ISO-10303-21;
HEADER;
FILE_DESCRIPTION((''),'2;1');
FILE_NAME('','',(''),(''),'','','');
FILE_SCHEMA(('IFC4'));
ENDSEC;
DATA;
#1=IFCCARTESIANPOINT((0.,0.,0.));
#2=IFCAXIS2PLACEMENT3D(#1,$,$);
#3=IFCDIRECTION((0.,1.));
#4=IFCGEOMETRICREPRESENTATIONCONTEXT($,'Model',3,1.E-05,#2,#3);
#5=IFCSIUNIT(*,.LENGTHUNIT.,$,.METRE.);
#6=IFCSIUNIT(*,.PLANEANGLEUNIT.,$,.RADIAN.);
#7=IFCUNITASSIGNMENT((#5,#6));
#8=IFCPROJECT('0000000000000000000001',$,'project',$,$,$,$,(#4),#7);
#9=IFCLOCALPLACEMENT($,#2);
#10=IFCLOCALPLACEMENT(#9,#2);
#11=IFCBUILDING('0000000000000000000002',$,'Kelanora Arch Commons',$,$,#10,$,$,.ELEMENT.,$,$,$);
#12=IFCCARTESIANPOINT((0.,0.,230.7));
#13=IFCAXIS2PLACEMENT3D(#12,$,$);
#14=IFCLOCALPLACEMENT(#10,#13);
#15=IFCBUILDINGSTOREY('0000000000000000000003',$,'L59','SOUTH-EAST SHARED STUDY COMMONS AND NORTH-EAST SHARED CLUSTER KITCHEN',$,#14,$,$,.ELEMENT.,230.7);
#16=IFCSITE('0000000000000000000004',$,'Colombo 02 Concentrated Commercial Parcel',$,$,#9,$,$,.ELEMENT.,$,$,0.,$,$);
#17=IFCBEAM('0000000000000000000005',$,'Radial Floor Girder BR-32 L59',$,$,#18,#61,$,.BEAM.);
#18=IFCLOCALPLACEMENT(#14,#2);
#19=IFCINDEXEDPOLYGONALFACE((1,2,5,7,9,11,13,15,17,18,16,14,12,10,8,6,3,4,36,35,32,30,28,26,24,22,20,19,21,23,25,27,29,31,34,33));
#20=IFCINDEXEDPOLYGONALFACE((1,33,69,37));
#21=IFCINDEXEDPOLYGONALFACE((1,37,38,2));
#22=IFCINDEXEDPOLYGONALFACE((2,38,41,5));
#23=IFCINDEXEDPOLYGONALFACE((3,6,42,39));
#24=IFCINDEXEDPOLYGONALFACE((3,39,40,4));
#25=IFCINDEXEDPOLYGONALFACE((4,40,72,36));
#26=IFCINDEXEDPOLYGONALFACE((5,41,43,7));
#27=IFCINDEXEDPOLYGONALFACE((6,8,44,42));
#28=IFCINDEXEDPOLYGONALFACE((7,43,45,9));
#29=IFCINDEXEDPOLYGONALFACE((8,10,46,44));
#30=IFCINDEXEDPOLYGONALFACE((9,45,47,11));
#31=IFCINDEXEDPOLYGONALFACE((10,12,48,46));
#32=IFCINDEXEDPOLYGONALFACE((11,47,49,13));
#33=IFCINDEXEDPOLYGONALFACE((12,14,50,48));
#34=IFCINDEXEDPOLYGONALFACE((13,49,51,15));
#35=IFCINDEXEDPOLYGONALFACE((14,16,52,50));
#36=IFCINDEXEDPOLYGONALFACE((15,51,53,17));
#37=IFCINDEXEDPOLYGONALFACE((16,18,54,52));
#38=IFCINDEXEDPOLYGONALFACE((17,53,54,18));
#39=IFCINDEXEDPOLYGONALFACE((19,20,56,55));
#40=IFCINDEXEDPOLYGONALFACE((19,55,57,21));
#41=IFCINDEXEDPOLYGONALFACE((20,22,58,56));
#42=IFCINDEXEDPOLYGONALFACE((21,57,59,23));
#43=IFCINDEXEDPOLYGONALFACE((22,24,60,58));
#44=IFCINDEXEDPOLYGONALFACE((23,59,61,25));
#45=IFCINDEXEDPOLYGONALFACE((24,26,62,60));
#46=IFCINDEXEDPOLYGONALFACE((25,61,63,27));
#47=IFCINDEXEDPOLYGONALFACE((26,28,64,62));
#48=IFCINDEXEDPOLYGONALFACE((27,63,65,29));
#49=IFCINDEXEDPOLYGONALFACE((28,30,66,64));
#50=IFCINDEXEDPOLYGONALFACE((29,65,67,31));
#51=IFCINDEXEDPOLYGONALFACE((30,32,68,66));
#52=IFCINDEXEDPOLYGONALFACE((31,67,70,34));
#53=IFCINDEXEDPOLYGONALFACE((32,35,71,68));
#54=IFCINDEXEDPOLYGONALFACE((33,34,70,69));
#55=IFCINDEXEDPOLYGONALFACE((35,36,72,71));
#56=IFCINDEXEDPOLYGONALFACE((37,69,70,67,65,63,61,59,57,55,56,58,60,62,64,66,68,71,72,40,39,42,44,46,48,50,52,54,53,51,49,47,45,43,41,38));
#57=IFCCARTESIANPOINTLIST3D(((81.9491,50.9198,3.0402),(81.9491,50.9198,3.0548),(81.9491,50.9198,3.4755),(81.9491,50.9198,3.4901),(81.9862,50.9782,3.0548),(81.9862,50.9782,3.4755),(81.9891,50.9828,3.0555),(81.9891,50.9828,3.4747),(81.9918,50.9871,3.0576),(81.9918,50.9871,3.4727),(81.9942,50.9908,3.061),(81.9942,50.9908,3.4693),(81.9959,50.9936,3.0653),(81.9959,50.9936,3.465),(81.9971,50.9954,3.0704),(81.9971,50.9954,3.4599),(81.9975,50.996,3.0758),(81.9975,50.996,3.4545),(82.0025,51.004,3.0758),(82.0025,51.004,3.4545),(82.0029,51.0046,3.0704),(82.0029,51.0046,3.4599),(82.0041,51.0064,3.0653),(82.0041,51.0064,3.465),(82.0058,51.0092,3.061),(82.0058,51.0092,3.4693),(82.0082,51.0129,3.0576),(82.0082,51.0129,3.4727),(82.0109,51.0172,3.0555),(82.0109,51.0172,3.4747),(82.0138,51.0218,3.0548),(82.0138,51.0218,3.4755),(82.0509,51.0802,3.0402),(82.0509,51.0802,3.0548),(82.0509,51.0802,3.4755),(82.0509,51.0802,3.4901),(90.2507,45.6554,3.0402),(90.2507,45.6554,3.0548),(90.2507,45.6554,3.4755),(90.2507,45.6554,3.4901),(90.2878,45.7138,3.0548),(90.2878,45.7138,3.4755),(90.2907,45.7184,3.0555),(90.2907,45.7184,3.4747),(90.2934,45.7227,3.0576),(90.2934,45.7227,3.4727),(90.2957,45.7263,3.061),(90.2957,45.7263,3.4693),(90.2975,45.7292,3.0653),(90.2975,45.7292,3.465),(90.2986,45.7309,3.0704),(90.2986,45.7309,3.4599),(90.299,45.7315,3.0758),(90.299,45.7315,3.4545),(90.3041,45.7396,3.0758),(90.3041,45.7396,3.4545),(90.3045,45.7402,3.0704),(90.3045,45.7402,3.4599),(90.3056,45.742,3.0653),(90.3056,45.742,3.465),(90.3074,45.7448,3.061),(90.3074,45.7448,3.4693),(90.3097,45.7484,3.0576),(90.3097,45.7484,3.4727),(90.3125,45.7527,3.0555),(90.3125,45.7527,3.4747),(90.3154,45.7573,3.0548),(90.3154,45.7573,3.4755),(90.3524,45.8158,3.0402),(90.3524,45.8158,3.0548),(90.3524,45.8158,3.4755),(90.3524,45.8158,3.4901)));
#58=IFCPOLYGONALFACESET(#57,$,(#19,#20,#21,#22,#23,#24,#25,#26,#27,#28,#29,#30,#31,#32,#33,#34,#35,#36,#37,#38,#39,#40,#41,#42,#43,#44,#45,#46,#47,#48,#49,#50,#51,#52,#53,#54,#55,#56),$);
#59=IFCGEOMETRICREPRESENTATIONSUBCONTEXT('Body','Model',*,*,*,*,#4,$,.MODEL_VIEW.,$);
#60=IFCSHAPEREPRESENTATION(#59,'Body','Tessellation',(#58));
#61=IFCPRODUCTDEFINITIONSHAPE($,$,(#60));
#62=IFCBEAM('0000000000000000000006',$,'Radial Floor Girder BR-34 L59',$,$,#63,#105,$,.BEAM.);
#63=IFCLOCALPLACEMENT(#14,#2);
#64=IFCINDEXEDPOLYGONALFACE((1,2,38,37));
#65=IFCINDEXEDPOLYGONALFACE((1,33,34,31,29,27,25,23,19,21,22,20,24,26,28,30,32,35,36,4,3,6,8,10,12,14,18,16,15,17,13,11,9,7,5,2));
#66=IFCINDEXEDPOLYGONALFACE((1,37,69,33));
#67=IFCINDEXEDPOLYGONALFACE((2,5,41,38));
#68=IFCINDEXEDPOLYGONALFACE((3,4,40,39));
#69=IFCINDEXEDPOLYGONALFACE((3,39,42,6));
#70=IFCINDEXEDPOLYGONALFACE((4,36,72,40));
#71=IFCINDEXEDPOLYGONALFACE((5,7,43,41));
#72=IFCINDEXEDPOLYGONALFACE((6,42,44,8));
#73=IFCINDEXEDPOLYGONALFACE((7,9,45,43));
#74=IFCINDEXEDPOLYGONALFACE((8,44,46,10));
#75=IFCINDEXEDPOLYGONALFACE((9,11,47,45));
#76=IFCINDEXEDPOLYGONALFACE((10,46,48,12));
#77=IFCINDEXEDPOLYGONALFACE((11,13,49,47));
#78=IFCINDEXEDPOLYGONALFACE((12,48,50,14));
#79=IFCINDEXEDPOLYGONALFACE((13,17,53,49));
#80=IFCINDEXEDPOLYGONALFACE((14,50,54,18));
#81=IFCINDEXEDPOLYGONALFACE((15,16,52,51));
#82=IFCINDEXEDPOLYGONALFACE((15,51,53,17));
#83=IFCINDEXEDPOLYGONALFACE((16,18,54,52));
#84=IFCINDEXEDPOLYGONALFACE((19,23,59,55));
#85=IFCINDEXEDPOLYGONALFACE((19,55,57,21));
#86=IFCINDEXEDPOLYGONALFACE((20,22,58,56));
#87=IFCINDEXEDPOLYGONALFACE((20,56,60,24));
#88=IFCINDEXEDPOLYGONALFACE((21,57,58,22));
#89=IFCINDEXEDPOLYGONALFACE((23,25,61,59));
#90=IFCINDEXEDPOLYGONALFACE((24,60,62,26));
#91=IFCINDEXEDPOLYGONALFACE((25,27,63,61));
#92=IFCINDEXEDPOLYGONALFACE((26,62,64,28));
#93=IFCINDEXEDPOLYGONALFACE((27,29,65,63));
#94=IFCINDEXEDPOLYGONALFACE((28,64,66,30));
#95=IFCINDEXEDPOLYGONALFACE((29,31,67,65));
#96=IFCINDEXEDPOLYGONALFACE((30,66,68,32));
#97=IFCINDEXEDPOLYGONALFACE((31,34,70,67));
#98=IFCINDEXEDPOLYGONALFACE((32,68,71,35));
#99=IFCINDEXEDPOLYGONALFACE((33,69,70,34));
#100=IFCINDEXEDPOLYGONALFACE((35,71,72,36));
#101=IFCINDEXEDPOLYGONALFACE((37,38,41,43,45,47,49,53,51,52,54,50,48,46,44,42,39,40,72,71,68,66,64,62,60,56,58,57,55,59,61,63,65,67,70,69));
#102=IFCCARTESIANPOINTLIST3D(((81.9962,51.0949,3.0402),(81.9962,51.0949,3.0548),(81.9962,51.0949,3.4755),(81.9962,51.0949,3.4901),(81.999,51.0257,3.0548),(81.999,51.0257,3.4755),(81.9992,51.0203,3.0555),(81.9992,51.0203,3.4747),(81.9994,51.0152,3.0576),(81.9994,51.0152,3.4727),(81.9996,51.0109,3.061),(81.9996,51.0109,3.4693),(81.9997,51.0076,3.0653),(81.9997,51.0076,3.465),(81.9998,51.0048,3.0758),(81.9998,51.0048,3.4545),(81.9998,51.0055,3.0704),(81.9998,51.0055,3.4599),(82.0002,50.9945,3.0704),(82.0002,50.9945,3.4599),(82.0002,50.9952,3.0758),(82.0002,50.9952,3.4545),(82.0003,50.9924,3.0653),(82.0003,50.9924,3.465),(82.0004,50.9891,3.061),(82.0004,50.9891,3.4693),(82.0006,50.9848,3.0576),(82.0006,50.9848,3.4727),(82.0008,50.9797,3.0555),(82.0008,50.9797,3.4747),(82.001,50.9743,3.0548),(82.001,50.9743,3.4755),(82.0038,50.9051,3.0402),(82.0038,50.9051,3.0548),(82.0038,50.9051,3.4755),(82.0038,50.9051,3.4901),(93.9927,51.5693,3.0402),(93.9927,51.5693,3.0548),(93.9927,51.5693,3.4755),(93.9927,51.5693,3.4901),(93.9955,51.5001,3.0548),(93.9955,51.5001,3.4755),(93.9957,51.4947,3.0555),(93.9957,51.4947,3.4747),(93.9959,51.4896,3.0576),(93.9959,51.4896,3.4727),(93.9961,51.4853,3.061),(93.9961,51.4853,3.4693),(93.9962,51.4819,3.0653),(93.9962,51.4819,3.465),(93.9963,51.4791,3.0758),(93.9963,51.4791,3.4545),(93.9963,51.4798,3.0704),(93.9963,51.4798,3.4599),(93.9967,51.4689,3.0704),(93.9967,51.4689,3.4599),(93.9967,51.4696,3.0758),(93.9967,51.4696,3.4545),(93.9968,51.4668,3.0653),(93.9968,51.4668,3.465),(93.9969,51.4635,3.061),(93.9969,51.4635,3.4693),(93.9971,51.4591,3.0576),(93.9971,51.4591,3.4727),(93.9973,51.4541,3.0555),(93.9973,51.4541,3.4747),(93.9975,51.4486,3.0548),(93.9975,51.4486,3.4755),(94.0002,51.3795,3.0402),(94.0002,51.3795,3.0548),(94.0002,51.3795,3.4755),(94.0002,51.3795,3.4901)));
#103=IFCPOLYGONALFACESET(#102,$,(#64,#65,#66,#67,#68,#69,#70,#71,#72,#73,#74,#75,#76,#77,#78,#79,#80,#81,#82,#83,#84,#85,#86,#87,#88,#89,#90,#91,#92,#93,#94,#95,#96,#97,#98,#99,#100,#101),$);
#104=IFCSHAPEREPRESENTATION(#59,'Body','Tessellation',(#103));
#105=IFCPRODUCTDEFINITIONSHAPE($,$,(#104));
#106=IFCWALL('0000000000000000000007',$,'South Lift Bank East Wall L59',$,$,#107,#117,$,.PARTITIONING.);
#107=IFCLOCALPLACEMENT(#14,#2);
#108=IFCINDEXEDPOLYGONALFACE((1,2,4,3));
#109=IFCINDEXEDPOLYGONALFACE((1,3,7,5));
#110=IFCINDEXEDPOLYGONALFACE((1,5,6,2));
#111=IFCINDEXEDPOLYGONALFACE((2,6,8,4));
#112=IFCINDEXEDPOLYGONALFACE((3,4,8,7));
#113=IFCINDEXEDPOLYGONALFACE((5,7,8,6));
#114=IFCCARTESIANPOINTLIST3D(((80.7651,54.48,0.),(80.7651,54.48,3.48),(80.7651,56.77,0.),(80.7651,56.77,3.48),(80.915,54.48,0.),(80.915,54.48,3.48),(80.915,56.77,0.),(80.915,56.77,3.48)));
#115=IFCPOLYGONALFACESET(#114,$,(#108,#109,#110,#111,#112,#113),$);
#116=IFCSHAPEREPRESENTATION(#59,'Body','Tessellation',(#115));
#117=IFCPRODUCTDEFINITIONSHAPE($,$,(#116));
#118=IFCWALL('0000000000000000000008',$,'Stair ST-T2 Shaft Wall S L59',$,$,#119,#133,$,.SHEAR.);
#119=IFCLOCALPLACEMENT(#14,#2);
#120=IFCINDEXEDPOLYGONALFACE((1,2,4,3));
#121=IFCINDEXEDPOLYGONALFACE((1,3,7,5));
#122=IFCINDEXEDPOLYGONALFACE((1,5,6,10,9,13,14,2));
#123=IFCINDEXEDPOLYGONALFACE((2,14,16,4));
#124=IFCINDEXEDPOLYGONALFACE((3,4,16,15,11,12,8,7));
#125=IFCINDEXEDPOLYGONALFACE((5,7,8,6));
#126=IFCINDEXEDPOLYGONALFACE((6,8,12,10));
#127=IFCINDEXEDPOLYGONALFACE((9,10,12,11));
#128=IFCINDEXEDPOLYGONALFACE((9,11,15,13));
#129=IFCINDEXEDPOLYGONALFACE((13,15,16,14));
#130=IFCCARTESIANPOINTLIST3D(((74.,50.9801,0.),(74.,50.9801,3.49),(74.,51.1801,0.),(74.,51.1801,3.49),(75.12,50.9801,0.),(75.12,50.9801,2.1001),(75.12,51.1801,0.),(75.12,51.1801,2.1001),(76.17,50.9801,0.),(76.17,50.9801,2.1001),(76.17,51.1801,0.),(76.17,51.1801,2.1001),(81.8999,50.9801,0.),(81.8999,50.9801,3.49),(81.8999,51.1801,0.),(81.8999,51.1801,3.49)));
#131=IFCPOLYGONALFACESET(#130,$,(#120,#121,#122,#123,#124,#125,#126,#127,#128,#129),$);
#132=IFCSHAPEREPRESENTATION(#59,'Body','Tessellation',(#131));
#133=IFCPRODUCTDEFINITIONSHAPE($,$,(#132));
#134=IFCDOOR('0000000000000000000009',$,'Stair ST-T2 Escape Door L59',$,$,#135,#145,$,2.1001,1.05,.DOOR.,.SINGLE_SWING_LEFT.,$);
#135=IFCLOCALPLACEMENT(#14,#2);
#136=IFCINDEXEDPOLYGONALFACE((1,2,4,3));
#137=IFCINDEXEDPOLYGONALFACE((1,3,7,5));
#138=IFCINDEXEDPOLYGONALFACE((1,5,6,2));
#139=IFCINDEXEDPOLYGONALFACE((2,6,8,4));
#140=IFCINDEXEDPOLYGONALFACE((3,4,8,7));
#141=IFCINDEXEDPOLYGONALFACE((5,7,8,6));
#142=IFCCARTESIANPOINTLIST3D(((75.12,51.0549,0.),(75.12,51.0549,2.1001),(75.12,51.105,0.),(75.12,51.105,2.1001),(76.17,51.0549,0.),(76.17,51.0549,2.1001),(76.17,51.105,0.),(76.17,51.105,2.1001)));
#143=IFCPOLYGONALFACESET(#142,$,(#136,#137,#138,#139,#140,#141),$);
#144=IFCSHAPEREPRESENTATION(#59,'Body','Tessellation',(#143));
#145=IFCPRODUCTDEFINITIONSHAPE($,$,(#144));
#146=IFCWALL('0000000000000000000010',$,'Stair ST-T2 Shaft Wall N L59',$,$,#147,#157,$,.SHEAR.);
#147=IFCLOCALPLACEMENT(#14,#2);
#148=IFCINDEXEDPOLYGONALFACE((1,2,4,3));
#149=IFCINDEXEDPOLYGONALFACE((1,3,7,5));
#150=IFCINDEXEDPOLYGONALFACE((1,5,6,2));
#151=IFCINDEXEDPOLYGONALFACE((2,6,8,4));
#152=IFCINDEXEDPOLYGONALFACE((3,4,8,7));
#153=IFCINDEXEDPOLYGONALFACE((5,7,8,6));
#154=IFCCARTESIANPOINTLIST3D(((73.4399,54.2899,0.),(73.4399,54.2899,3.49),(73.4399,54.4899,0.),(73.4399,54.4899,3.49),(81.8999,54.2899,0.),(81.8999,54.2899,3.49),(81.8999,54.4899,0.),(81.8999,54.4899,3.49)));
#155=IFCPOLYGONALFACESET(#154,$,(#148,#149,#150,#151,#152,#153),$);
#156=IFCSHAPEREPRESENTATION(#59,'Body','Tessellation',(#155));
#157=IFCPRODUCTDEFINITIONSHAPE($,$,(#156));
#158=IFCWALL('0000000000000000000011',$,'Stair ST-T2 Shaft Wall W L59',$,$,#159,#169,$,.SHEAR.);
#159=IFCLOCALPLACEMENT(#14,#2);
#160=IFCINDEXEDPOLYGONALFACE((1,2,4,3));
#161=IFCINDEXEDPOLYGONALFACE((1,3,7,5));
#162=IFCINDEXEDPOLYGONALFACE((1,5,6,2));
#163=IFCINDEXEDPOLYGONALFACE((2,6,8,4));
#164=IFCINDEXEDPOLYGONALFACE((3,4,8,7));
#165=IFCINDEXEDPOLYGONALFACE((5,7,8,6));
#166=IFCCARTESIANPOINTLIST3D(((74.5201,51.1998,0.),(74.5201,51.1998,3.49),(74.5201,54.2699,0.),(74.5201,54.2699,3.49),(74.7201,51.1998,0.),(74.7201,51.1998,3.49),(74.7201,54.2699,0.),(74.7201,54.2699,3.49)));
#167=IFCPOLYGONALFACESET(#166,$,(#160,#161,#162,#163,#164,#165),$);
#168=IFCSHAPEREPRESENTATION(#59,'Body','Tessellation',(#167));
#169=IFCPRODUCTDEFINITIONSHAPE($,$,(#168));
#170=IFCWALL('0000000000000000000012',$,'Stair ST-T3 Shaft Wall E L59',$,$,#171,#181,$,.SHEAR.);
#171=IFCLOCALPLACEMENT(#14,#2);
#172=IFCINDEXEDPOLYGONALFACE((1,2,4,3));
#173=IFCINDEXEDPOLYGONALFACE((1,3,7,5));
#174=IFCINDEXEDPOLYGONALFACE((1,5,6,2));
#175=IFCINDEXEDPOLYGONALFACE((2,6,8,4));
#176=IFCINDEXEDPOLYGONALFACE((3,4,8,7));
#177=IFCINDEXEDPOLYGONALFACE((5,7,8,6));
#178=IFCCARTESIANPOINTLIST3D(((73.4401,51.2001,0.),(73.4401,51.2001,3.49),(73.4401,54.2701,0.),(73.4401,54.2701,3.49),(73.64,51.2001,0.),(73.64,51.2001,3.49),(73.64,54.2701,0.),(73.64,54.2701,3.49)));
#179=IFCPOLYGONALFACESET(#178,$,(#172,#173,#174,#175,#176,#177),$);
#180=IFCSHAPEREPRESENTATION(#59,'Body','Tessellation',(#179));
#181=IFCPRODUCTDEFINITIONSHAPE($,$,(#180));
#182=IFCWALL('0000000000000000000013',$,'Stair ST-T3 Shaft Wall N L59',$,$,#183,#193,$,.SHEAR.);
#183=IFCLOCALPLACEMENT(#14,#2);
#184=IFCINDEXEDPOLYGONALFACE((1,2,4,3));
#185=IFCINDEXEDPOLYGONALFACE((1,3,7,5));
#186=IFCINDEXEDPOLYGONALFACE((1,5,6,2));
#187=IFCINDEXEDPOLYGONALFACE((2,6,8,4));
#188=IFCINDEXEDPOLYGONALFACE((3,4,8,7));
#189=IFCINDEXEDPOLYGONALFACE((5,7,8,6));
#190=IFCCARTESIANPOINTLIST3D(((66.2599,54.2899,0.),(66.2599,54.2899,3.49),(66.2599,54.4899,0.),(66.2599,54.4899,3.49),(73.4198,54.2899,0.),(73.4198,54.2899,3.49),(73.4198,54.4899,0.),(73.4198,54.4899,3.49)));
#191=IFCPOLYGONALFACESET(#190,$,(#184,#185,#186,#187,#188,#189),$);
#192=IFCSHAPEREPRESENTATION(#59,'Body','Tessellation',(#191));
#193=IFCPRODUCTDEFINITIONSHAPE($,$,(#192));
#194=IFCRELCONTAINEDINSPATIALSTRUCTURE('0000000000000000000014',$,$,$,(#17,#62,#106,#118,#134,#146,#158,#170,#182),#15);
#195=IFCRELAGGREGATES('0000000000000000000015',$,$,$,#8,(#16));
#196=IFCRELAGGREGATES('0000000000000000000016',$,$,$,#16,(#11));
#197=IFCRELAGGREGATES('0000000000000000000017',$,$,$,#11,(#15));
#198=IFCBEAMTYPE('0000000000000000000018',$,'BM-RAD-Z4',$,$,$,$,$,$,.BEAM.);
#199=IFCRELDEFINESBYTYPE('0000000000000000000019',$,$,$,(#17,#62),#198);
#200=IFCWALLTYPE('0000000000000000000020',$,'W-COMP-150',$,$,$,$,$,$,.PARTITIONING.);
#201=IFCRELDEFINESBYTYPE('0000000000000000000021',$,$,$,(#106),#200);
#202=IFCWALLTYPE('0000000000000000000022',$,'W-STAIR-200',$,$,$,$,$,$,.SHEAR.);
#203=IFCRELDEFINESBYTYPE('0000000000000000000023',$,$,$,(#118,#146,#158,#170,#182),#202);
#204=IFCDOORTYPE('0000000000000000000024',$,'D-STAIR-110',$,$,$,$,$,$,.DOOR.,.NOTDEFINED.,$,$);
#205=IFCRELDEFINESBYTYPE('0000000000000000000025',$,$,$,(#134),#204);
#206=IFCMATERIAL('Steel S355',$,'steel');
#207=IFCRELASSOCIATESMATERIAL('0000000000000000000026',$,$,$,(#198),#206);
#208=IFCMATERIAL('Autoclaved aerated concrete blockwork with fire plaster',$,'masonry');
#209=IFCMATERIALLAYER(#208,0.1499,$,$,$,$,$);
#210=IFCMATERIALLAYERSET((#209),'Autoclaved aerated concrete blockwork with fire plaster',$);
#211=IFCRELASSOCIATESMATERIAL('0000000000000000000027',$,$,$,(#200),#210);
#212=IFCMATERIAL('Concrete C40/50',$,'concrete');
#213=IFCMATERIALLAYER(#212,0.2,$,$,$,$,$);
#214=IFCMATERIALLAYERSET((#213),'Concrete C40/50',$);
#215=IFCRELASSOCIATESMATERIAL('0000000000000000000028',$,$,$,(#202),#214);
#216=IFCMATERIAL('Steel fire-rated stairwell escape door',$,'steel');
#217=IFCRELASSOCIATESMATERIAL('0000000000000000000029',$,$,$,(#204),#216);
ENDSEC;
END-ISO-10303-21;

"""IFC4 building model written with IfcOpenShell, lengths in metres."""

from ifc_helpers import new_model, si_unit, direction, frame, frame_2d, origin, origin_2d, place, context, subcontext, project, spatial, rectangle, i_section, extrude, material, layer, layer_set, material_profile, profile_set, type_object, element, fill, save


model = new_model("IFC4")

# Units and contexts
model_context = context("Model", 3, precision=1e-05, world=origin(), true_north=direction((0.0, 1.0)))
body_context = subcontext(model_context, "Body", "Model", "MODEL_VIEW")
ifc_project = project(units=[si_unit("LENGTHUNIT", "METRE"), si_unit("PLANEANGLEUNIT", "RADIAN")], contexts=[model_context])

# Site, building, storey
site_placement = place(None, origin())
site = spatial("IfcSite", under=ifc_project, at=site_placement, Name="Colombo 02 Concentrated Commercial Parcel", CompositionType="ELEMENT", RefElevation=0.0)
building_placement = place(site_placement, origin())
building = spatial("IfcBuilding", under=site, at=building_placement, Name="Kelanora Arch Commons", CompositionType="ELEMENT")
storey_placement = place(building_placement, frame((0.0, 0.0, 230.7)))
storey = spatial("IfcBuildingStorey", under=building, at=storey_placement, Name="L59", Description="SOUTH-EAST SHARED STUDY COMMONS AND NORTH-EAST SHARED CLUSTER KITCHEN", CompositionType="ELEMENT", Elevation=230.7)

# Beams
ifc_material_1 = material(Name="Steel S355", Category="steel")
ifc_material_profile_1 = material_profile(ifc_material_1, i_section(OverallWidth=0.1899, OverallDepth=0.45, WebThickness=0.0095, FlangeThickness=0.0146, FilletRadius=0.021, at=origin_2d()), Name="IPE450")
ifc_profile_set_1 = profile_set([ifc_material_profile_1], Name="Steel S355")
beam_type_1 = type_object("IfcBeamType", Name="BM-RAD-Z4", PredefinedType="BEAM", material=ifc_profile_set_1)
beam_1_placement = place(storey_placement, frame((82.0, 51.0, 3.2651), z_axis=(0.844507, -0.535544, 0.0), x_axis=(0.535544, 0.844507, 0.0)))
element("IfcBeam", 1, at=beam_1_placement, inside=storey, type_object=beam_type_1, Name="Radial Floor Girder BR-32 L59", PredefinedType="BEAM", context=body_context, shape_type="SweptSolid", body=[
    extrude(i_section(OverallWidth=0.1899, OverallDepth=0.45, WebThickness=0.0095, FlangeThickness=0.0146, FilletRadius=0.021, at=origin_2d()), origin(), (0.0, 0.0, 1.0), 9.8301),
])
beam_2_placement = place(storey_placement, frame((82.0, 51.0, 3.2651), z_axis=(0.999219, 0.039511, 0.0), x_axis=(-0.039511, 0.999219, 0.0)))
element("IfcBeam", 2, at=beam_2_placement, inside=storey, type_object=beam_type_1, Name="Radial Floor Girder BR-34 L59", PredefinedType="BEAM", context=body_context, shape_type="SweptSolid", body=[
    extrude(i_section(OverallWidth=0.1899, OverallDepth=0.45, WebThickness=0.0095, FlangeThickness=0.0146, FilletRadius=0.021, at=origin_2d()), origin(), (0.0, 0.0, 1.0), 12.0059),
])

# Wall
ifc_material_2 = material(Name="Autoclaved aerated concrete blockwork with fire plaster", Category="masonry")
ifc_layer_1 = layer(ifc_material_2, 0.1499)
ifc_layer_set_1 = layer_set([ifc_layer_1], Name="Autoclaved aerated concrete blockwork with fire plaster")
wall_type_1 = type_object("IfcWallType", Name="W-COMP-150", PredefinedType="PARTITIONING", material=ifc_layer_set_1)
wall_1_placement = place(storey_placement, frame((80.8401, 54.48, 0.0), z_axis=(0.0, 0.0, 1.0), x_axis=(0.0, 1.0, 0.0)))
element("IfcWall", 3, at=wall_1_placement, inside=storey, type_object=wall_type_1, Name="South Lift Bank East Wall L59", PredefinedType="PARTITIONING", context=body_context, shape_type="SweptSolid", body=[
    extrude(rectangle(XDim=2.29, YDim=0.1499, at=frame_2d((1.145, 0.0))), origin(), (0.0, 0.0, 1.0), 3.48),
])

# Wall, opening, door
ifc_material_3 = material(Name="Concrete C40/50", Category="concrete")
ifc_layer_2 = layer(ifc_material_3, 0.2)
ifc_layer_set_2 = layer_set([ifc_layer_2], Name="Concrete C40/50")
wall_type_2 = type_object("IfcWallType", Name="W-STAIR-200", PredefinedType="SHEAR", material=ifc_layer_set_2)
wall_2_placement = place(storey_placement, frame((74.0, 51.0801, 0.0), z_axis=(0.0, 0.0, 1.0), x_axis=(1.0, 0.0, 0.0)))
wall_2 = element("IfcWall", 4, at=wall_2_placement, inside=storey, type_object=wall_type_2, Name="Stair ST-T2 Shaft Wall S L59", PredefinedType="SHEAR", context=body_context, shape_type="SweptSolid", body=[
    extrude(rectangle(XDim=7.8999, YDim=0.2, at=frame_2d((3.95, 0.0))), origin(), (0.0, 0.0, 1.0), 3.49),
])
opening_placement = place(wall_2_placement, frame((1.1201, 0.0, 0.0)))
opening = element("IfcOpeningElement", 5, at=opening_placement, cuts=wall_2, PredefinedType="OPENING", context=body_context, shape_type="SweptSolid", body=[
    extrude(rectangle(XDim=1.05, YDim=2.1001, at=frame_2d((0.5249, 1.05))), frame((0.0, 0.1099, 0.0), z_axis=(0.0, -1.0, 0.0), x_axis=(1.0, 0.0, 0.0)), (0.0, 0.0, 1.0), 0.22),
])
ifc_material_4 = material(Name="Steel fire-rated stairwell escape door", Category="steel")
door_type = type_object("IfcDoorType", Name="D-STAIR-110", OperationType="NOTDEFINED", PredefinedType="DOOR", material=ifc_material_4)
door_placement = place(opening_placement, origin())
door = element("IfcDoor", 6, at=door_placement, inside=storey, type_object=door_type, Name="Stair ST-T2 Escape Door L59", OperationType="SINGLE_SWING_LEFT", OverallHeight=2.1001, OverallWidth=1.05, PredefinedType="DOOR", context=body_context, shape_type="SweptSolid", body=[
    extrude(rectangle(XDim=1.05, YDim=2.1001, at=frame_2d((0.5249, 1.05))), frame((0.0, 0.0249, 0.0), z_axis=(0.0, -1.0, 0.0), x_axis=(1.0, 0.0, 0.0)), (0.0, 0.0, 1.0), 0.05),
])
fill(opening, door)

# Walls
wall_3_placement = place(storey_placement, frame((81.8999, 54.3899, 0.0), z_axis=(0.0, 0.0, 1.0), x_axis=(-1.0, 0.0, 0.0)))
element("IfcWall", 7, at=wall_3_placement, inside=storey, type_object=wall_type_2, Name="Stair ST-T2 Shaft Wall N L59", PredefinedType="SHEAR", context=body_context, shape_type="SweptSolid", body=[
    extrude(rectangle(XDim=8.46, YDim=0.2, at=frame_2d((4.23, 0.0))), origin(), (0.0, 0.0, 1.0), 3.49),
])
for number, where, z_axis, x_axis, name in (
    (8, (74.6201, 54.27, 0.0), (0.0, 0.0, 1.0), (0.0, -1.0, 0.0), "Stair ST-T2 Shaft Wall W L59"),
    (9, (73.54, 51.2, 0.0), (0.0, 0.0, 1.0), (0.0, 1.0, 0.0), "Stair ST-T3 Shaft Wall E L59"),
):
    element("IfcWall", number, at=place(storey_placement, frame(where, z_axis=z_axis, x_axis=x_axis)), inside=storey, type_object=wall_type_2, Name=name, PredefinedType="SHEAR", context=body_context, shape_type="SweptSolid", body=[
        extrude(rectangle(XDim=3.0701, YDim=0.2, at=frame_2d((1.5352, 0.0))), origin(), (0.0, 0.0, 1.0), 3.49),
    ])
wall_4_placement = place(storey_placement, frame((73.4199, 54.3899, 0.0), z_axis=(0.0, 0.0, 1.0), x_axis=(-1.0, 0.0, 0.0)))
element("IfcWall", 10, at=wall_4_placement, inside=storey, type_object=wall_type_2, Name="Stair ST-T3 Shaft Wall N L59", PredefinedType="SHEAR", context=body_context, shape_type="SweptSolid", body=[
    extrude(rectangle(XDim=7.1599, YDim=0.2, at=frame_2d((3.5801, 0.0))), origin(), (0.0, 0.0, 1.0), 3.49),
])

save(model, "model.ifc")
